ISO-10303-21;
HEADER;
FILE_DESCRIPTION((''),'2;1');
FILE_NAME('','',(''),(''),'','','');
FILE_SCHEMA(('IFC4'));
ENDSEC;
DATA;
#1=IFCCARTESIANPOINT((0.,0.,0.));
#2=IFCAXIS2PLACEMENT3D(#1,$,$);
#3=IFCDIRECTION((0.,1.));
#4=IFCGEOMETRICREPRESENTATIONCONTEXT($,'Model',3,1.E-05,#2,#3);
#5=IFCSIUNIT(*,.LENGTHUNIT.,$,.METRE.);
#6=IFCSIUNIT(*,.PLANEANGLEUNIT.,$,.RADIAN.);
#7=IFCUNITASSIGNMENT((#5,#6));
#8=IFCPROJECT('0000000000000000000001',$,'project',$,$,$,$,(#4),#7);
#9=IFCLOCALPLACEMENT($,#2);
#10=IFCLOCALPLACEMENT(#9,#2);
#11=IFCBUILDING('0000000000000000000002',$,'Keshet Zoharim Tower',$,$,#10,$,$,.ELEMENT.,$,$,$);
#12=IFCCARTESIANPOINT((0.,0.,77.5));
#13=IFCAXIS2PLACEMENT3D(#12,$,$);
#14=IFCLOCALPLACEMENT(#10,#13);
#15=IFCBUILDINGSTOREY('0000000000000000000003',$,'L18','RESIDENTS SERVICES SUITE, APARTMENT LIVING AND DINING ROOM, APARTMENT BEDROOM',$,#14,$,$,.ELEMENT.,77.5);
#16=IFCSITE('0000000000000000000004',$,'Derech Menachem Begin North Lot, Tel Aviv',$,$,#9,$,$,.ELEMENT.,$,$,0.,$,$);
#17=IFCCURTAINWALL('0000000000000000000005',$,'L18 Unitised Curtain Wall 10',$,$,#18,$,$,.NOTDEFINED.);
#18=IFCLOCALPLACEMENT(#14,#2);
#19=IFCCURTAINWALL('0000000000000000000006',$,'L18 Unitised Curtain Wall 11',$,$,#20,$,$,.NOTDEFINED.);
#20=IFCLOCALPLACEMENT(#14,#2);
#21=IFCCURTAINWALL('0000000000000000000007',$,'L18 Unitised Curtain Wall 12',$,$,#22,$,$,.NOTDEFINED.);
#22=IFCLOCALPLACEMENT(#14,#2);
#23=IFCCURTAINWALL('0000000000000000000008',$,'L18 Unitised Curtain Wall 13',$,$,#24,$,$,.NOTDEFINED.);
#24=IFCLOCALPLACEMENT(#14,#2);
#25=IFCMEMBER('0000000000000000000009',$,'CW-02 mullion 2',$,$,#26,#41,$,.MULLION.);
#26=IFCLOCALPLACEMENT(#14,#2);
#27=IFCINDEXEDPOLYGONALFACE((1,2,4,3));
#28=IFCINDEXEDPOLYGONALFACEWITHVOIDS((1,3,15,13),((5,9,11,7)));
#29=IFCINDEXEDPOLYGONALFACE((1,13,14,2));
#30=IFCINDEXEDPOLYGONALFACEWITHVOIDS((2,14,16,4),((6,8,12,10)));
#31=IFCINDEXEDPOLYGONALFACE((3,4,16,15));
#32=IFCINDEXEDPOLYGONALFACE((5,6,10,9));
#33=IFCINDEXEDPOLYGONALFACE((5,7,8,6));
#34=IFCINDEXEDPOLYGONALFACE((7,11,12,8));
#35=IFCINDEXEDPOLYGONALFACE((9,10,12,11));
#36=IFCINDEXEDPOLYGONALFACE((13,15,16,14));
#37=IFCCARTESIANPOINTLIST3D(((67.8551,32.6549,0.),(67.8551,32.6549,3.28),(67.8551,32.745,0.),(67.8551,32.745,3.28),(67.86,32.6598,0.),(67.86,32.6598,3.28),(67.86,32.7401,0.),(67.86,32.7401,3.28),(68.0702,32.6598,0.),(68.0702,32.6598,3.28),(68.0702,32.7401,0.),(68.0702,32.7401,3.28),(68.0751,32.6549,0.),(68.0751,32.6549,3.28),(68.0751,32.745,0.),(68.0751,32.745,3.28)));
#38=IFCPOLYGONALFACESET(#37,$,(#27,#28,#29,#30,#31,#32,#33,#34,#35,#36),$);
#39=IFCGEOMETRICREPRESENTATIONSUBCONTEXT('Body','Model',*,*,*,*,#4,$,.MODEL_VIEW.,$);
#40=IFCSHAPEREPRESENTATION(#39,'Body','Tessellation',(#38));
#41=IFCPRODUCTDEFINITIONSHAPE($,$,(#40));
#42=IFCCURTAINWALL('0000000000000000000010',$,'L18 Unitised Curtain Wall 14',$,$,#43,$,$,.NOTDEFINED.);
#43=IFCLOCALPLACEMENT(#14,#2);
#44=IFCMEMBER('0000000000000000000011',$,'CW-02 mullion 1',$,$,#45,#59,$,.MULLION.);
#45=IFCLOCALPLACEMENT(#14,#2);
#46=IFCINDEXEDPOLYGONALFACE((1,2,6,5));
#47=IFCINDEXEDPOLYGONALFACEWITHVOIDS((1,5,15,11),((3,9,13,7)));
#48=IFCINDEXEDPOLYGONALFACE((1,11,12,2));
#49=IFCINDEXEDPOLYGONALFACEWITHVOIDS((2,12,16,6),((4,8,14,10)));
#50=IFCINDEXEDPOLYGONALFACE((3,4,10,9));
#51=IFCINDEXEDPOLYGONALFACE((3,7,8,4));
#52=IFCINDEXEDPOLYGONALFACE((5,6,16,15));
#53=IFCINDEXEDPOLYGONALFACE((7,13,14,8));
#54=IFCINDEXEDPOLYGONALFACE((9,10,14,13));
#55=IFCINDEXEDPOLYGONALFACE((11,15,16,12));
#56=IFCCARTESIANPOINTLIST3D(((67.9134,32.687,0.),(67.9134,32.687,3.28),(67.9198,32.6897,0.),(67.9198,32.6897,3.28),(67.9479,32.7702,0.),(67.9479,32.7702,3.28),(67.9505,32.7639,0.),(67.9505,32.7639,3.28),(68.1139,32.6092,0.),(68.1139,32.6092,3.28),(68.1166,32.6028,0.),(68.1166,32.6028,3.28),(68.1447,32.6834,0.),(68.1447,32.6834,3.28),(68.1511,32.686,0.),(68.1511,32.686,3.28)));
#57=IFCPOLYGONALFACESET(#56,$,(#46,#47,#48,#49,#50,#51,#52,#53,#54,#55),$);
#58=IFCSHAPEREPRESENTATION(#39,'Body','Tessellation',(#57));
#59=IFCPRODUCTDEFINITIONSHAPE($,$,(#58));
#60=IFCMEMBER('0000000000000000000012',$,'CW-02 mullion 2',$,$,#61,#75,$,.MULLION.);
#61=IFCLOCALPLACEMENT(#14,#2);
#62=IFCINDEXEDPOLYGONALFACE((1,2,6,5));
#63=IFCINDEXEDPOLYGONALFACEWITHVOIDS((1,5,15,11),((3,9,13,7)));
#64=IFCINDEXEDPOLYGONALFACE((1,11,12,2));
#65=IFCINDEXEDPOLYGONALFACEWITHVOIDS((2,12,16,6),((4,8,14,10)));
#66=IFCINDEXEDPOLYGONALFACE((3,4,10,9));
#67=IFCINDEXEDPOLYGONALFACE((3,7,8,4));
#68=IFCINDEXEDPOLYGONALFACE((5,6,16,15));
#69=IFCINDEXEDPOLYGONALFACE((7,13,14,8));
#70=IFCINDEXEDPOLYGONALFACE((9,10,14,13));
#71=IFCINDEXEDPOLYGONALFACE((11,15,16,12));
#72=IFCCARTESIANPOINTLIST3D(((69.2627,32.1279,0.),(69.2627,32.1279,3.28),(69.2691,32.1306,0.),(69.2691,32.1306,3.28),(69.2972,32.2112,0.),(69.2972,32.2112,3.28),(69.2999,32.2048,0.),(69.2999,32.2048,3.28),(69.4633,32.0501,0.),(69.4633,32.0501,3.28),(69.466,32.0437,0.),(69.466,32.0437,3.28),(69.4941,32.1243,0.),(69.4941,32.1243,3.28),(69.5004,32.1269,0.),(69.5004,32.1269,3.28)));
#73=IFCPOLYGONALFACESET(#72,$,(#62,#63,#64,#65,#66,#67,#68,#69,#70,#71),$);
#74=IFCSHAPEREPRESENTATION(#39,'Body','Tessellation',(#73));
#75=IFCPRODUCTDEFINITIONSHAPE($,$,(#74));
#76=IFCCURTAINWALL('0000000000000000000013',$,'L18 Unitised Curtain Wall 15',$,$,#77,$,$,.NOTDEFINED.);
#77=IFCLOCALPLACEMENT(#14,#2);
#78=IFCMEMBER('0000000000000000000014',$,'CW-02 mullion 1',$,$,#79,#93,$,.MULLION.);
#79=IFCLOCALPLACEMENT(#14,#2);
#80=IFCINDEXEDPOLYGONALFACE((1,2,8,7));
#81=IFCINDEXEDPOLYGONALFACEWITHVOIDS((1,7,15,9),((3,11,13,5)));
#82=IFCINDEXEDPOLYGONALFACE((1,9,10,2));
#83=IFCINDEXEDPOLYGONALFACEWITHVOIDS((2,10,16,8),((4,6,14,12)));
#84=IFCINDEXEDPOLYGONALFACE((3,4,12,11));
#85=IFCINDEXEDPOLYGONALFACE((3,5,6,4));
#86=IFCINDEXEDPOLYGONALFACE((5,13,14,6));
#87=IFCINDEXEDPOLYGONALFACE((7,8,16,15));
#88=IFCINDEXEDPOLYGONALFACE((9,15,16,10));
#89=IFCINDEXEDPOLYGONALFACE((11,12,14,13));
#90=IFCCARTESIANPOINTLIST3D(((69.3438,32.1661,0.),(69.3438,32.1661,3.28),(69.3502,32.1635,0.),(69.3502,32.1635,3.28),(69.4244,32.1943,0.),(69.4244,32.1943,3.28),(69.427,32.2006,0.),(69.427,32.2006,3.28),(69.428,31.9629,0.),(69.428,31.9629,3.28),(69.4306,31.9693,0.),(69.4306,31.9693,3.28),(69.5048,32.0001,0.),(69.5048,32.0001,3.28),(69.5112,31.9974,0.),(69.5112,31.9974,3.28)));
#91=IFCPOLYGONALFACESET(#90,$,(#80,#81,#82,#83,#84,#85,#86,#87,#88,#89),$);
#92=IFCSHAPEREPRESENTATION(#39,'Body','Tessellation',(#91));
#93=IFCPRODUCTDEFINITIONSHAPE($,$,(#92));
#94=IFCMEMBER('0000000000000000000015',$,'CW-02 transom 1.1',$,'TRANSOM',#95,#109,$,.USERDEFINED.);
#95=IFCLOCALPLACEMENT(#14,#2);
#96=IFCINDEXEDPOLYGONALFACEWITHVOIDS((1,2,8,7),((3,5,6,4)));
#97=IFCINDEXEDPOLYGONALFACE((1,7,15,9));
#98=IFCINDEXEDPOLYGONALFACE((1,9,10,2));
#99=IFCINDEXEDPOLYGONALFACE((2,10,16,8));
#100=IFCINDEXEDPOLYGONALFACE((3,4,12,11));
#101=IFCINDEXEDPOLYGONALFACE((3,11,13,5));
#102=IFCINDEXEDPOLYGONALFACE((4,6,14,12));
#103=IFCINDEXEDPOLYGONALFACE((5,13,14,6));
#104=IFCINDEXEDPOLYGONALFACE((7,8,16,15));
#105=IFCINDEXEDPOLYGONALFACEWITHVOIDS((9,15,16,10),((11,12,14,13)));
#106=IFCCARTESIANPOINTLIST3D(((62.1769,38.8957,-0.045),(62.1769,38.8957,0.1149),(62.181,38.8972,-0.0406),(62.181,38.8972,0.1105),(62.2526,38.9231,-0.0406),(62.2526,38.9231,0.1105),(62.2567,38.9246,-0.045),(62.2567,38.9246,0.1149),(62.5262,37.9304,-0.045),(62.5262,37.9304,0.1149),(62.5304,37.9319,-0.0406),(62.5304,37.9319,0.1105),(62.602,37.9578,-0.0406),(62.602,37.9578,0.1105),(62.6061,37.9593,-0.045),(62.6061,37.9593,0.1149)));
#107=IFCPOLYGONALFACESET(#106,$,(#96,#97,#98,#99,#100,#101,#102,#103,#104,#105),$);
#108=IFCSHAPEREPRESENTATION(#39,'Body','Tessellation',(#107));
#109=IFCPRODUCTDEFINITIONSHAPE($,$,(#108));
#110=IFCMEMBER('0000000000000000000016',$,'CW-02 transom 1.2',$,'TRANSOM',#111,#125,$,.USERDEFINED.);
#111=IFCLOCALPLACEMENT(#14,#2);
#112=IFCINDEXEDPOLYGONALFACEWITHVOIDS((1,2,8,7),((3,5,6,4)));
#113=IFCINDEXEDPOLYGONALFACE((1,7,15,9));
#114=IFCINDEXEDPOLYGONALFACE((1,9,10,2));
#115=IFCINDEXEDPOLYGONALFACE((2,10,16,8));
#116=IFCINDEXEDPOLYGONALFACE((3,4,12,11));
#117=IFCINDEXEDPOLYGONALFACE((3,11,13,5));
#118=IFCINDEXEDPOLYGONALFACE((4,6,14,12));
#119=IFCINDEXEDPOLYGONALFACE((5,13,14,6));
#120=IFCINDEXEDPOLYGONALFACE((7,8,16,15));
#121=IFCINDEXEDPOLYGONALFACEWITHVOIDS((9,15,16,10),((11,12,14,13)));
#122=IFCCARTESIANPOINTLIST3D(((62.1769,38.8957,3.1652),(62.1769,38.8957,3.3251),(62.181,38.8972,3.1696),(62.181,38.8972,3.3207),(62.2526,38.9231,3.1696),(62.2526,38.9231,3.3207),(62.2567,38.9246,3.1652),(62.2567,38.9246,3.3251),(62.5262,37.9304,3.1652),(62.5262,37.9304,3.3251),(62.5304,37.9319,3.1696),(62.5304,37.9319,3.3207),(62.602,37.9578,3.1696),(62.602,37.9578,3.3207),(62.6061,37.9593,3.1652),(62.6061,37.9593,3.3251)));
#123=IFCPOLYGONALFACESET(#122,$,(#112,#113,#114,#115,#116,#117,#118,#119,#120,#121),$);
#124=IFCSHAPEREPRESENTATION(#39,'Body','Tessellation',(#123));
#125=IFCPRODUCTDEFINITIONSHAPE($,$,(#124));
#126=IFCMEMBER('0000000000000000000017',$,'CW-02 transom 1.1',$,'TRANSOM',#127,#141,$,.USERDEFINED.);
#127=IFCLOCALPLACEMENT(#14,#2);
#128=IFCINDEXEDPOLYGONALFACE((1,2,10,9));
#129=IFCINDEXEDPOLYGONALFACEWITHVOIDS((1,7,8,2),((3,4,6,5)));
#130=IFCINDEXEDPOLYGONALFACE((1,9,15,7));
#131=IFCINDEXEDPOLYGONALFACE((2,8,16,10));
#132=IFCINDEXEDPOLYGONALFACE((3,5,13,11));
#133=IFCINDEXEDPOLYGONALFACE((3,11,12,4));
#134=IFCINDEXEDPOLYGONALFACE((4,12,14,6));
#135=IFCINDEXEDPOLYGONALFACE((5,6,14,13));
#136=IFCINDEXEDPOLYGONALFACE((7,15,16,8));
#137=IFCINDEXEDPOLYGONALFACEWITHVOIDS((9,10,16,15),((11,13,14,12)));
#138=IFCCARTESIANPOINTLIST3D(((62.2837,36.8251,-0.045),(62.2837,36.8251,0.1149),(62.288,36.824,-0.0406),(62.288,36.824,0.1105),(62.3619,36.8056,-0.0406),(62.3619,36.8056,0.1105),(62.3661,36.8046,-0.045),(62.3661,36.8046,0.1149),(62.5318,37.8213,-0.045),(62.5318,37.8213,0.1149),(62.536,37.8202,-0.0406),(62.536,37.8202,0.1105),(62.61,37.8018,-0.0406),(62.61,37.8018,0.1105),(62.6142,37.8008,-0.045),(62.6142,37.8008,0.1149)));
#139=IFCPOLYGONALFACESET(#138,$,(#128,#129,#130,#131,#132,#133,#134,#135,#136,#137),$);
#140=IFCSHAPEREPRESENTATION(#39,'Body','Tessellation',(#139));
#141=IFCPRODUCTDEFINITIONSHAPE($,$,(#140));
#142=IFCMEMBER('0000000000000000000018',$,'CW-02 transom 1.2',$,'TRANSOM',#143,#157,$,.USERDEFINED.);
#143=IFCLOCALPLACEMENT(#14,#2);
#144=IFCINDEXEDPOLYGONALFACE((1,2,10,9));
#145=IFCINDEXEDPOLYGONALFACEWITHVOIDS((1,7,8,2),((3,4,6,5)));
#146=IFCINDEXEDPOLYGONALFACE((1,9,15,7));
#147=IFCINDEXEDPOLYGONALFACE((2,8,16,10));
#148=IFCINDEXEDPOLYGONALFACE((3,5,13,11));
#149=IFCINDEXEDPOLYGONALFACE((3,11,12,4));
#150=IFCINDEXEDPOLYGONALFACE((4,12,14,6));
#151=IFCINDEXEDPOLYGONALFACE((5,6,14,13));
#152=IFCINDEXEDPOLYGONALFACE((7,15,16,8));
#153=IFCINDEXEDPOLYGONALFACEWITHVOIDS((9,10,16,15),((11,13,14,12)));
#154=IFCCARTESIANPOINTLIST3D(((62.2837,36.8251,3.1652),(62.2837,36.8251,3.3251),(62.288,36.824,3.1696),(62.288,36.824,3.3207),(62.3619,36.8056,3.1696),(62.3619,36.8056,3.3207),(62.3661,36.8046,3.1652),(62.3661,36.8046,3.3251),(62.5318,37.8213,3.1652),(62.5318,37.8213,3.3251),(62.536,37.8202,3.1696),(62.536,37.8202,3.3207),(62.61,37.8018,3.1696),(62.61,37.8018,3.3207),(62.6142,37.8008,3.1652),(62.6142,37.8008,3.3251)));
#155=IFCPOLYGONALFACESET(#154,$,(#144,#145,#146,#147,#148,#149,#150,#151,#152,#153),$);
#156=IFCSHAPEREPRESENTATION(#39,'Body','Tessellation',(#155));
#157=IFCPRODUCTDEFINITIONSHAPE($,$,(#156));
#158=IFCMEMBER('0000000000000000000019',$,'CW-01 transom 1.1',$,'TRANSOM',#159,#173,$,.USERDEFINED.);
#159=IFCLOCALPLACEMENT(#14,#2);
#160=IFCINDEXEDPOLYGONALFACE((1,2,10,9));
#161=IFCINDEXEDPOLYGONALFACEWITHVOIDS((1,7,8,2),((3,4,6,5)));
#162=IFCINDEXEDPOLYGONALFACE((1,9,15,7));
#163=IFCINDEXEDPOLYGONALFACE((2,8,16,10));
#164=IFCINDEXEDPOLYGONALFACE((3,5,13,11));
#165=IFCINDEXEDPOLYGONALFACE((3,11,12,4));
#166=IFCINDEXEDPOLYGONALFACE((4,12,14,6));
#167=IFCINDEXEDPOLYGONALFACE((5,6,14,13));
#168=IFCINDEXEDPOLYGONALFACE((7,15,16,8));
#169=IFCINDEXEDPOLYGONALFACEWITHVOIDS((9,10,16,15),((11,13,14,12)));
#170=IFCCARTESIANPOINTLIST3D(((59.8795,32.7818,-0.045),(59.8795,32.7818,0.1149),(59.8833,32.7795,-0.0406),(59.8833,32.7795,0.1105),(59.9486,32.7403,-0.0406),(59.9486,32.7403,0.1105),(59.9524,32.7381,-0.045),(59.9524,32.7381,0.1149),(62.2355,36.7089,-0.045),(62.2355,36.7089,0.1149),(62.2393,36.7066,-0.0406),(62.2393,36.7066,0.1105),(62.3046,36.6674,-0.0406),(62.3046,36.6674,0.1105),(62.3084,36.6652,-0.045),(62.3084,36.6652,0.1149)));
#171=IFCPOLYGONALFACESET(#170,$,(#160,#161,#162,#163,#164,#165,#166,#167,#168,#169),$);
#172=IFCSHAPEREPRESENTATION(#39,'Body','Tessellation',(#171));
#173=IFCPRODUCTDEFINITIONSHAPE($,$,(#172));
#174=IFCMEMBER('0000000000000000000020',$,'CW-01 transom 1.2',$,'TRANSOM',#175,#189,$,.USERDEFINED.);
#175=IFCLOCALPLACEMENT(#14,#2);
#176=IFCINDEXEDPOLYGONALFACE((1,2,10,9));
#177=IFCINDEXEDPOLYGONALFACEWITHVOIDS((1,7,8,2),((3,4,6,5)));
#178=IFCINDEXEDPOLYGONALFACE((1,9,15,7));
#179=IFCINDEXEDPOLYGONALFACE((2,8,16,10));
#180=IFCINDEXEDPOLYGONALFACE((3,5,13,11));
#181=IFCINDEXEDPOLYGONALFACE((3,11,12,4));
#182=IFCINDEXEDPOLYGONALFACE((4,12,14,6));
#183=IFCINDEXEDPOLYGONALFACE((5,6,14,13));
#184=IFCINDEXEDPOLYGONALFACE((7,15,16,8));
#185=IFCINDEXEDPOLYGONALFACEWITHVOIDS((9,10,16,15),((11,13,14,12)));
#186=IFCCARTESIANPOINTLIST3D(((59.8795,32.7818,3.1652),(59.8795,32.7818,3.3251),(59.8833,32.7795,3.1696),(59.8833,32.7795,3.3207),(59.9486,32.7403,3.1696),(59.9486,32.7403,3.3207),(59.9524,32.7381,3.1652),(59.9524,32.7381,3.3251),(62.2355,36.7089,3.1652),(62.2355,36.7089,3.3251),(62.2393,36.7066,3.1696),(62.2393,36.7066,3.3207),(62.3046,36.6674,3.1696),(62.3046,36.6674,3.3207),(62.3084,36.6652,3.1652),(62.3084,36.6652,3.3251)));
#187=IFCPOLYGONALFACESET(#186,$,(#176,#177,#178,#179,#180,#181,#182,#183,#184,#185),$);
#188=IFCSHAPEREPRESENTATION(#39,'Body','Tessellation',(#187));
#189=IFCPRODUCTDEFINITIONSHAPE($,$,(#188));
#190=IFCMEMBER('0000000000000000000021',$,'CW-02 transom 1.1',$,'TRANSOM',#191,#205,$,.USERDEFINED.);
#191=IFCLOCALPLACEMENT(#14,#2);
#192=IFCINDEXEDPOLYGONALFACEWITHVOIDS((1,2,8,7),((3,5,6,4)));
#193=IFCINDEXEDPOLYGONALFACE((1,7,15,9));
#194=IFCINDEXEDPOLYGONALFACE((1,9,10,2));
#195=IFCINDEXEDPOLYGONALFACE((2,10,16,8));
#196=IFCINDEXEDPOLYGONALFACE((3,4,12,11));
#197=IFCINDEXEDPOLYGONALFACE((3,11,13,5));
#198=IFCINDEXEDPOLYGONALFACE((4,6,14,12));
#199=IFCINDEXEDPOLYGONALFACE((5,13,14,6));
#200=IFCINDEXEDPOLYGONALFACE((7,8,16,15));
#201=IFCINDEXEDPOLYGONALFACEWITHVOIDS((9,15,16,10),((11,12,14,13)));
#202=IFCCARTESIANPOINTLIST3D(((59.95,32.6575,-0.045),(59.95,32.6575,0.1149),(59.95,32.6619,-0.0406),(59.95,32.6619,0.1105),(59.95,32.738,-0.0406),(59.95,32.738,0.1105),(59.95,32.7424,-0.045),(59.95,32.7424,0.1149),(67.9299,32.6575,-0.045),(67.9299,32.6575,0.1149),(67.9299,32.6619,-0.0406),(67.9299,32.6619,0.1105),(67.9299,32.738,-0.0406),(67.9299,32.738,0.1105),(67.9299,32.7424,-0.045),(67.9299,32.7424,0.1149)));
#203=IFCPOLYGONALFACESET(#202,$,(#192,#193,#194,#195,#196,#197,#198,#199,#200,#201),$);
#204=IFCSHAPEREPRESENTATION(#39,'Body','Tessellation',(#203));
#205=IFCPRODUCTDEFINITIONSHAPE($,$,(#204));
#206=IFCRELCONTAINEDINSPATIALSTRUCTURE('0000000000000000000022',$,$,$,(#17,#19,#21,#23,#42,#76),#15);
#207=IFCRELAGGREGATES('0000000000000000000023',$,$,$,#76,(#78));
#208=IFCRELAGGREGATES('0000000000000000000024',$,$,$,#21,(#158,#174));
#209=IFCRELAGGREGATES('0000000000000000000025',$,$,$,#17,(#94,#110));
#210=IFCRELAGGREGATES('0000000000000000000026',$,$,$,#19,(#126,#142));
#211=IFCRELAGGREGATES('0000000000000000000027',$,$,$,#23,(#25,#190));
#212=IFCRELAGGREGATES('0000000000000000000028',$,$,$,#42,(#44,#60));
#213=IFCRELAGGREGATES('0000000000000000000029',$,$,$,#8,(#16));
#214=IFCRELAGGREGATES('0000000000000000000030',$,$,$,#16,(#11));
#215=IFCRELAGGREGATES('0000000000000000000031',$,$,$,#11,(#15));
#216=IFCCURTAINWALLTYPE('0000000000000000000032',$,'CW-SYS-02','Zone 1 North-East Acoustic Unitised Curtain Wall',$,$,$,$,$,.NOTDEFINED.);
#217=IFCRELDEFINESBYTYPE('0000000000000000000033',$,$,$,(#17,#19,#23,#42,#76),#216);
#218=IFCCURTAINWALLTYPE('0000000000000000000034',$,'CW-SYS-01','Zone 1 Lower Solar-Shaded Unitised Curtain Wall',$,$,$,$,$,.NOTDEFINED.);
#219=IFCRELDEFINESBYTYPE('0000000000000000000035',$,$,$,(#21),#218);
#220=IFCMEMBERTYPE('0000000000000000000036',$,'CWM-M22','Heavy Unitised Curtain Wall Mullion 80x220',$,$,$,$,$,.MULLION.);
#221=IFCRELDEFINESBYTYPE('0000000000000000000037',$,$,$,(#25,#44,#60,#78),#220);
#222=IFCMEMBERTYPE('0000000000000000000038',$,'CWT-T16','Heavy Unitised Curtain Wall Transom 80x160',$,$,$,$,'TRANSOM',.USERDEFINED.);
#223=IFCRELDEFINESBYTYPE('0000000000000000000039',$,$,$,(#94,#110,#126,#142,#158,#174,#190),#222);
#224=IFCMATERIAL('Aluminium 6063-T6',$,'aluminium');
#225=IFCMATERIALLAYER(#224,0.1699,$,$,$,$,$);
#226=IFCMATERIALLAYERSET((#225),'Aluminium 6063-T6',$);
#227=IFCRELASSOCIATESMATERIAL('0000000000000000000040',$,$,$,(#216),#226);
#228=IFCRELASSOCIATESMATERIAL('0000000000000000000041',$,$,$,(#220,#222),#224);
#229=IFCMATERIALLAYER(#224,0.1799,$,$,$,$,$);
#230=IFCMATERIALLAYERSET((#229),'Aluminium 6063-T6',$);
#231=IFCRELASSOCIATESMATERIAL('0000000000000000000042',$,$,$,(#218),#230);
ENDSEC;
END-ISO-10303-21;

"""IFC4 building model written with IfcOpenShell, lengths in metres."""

from ifc_helpers import new_model, si_unit, direction, frame, origin, origin_2d, place, context, subcontext, project, spatial, hollow_rectangle, extrude, material, layer, layer_set, material_profile, profile_set, type_object, element, aggregate, save


model = new_model("IFC4")

# Units and contexts
model_context = context("Model", 3, precision=1e-05, world=origin(), true_north=direction((0.0, 1.0)))
body_context = subcontext(model_context, "Body", "Model", "MODEL_VIEW")
ifc_project = project(units=[si_unit("LENGTHUNIT", "METRE"), si_unit("PLANEANGLEUNIT", "RADIAN")], contexts=[model_context])

# Site, building, storey
site_placement = place(None, origin())
site = spatial("IfcSite", under=ifc_project, at=site_placement, Name="Derech Menachem Begin North Lot, Tel Aviv", CompositionType="ELEMENT", RefElevation=0.0)
building_placement = place(site_placement, origin())
building = spatial("IfcBuilding", under=site, at=building_placement, Name="Keshet Zoharim Tower", CompositionType="ELEMENT")
storey_placement = place(building_placement, frame((0.0, 0.0, 77.5)))
storey = spatial("IfcBuildingStorey", under=building, at=storey_placement, Name="L18", Description="RESIDENTS SERVICES SUITE, APARTMENT LIVING AND DINING ROOM, APARTMENT BEDROOM", CompositionType="ELEMENT", Elevation=77.5)

# Shared definitions
ifc_material_1 = material(Name="Aluminium 6063-T6", Category="aluminium")
ifc_layer_1 = layer(ifc_material_1, 0.1699)
ifc_layer_set_1 = layer_set([ifc_layer_1], Name="Aluminium 6063-T6")
curtain_wall_type_1 = type_object("IfcCurtainWallType", Name="CW-SYS-02", Description="Zone 1 North-East Acoustic Unitised Curtain Wall", PredefinedType="NOTDEFINED", material=ifc_layer_set_1)
ifc_material_profile_1 = material_profile(ifc_material_1, hollow_rectangle(XDim=0.0901, YDim=0.22, WallThickness=0.0049, at=origin_2d()), Name="MUL-90x220")
ifc_profile_set_1 = profile_set([ifc_material_profile_1], Name="Aluminium 6063-T6")
member_type_1 = type_object("IfcMemberType", Name="CWM-M22", Description="Heavy Unitised Curtain Wall Mullion 80x220", PredefinedType="MULLION", material=ifc_profile_set_1)

# Curtain walls, members
curtain_wall_1_placement = place(storey_placement, origin())
curtain_wall_1 = element("IfcCurtainWall", 1, at=curtain_wall_1_placement, inside=storey, type_object=curtain_wall_type_1, Name="L18 Unitised Curtain Wall 10", PredefinedType="NOTDEFINED")
curtain_wall_2_placement = place(storey_placement, origin())
curtain_wall_2 = element("IfcCurtainWall", 2, at=curtain_wall_2_placement, inside=storey, type_object=curtain_wall_type_1, Name="L18 Unitised Curtain Wall 11", PredefinedType="NOTDEFINED")
ifc_layer_2 = layer(ifc_material_1, 0.1799)
ifc_layer_set_2 = layer_set([ifc_layer_2], Name="Aluminium 6063-T6")
curtain_wall_type_2 = type_object("IfcCurtainWallType", Name="CW-SYS-01", Description="Zone 1 Lower Solar-Shaded Unitised Curtain Wall", PredefinedType="NOTDEFINED", material=ifc_layer_set_2)
curtain_wall_3_placement = place(storey_placement, origin())
curtain_wall_3 = element("IfcCurtainWall", 3, at=curtain_wall_3_placement, inside=storey, type_object=curtain_wall_type_2, Name="L18 Unitised Curtain Wall 12", PredefinedType="NOTDEFINED")
curtain_wall_4_placement = place(storey_placement, origin())
curtain_wall_4 = element("IfcCurtainWall", 4, at=curtain_wall_4_placement, inside=storey, type_object=curtain_wall_type_1, Name="L18 Unitised Curtain Wall 13", PredefinedType="NOTDEFINED")
member_1_placement = place(storey_placement, frame((67.9651, 32.7, 0.0), z_axis=(0.0, 0.0, 1.0), x_axis=(0.0, 1.0, 0.0)))
member_1 = element("IfcMember", 5, at=member_1_placement, type_object=member_type_1, Name="CW-02 mullion 2", PredefinedType="MULLION", context=body_context, shape_type="SweptSolid", body=[
    extrude(hollow_rectangle(XDim=0.0901, YDim=0.22, WallThickness=0.0049, at=origin_2d()), origin(), (0.0, 0.0, 1.0), 3.28),
])
curtain_wall_5_placement = place(storey_placement, origin())
curtain_wall_5 = element("IfcCurtainWall", 6, at=curtain_wall_5_placement, inside=storey, type_object=curtain_wall_type_1, Name="L18 Unitised Curtain Wall 14", PredefinedType="NOTDEFINED")
member_2_placement = place(storey_placement, frame((68.0322, 32.6865, 0.0), z_axis=(0.0, 0.0, 1.0), x_axis=(0.382852, 0.92381, 0.0)))
member_2 = element("IfcMember", 7, at=member_2_placement, type_object=member_type_1, Name="CW-02 mullion 1", PredefinedType="MULLION", context=body_context, shape_type="SweptSolid", body=[
    extrude(hollow_rectangle(XDim=0.0901, YDim=0.22, WallThickness=0.0049, at=origin_2d()), origin(), (0.0, 0.0, 1.0), 3.28),
])
member_3_placement = place(storey_placement, frame((69.3816, 32.1274, 0.0), z_axis=(0.0, 0.0, 1.0), x_axis=(0.382852, 0.92381, 0.0)))
member_3 = element("IfcMember", 8, at=member_3_placement, type_object=member_type_1, Name="CW-02 mullion 2", PredefinedType="MULLION", context=body_context, shape_type="SweptSolid", body=[
    extrude(hollow_rectangle(XDim=0.0901, YDim=0.22, WallThickness=0.0049, at=origin_2d()), origin(), (0.0, 0.0, 1.0), 3.28),
])

# Curtain wall, member
curtain_wall_6_placement = place(storey_placement, origin())
curtain_wall_6 = element("IfcCurtainWall", 9, at=curtain_wall_6_placement, inside=storey, type_object=curtain_wall_type_1, Name="L18 Unitised Curtain Wall 15", PredefinedType="NOTDEFINED")
member_4_placement = place(storey_placement, frame((69.4275, 32.0818, 0.0), z_axis=(0.0, 0.0, 1.0), x_axis=(0.92381, 0.382852, 0.0)))
member_4 = element("IfcMember", 10, at=member_4_placement, type_object=member_type_1, Name="CW-02 mullion 1", PredefinedType="MULLION", context=body_context, shape_type="SweptSolid", body=[
    extrude(hollow_rectangle(XDim=0.0901, YDim=0.22, WallThickness=0.0049, at=origin_2d()), origin(), (0.0, 0.0, 1.0), 3.28),
])

# Members
ifc_material_profile_2 = material_profile(ifc_material_1, hollow_rectangle(XDim=0.085, YDim=0.1599, WallThickness=0.0044, at=origin_2d()), Name="TRN-85x160")
ifc_profile_set_2 = profile_set([ifc_material_profile_2], Name="Aluminium 6063-T6")
member_type_2 = type_object("IfcMemberType", Name="CWT-T16", Description="Heavy Unitised Curtain Wall Transom 80x160", ElementType="TRANSOM", PredefinedType="USERDEFINED", material=ifc_profile_set_2)
member_5_placement = place(storey_placement, frame((62.2168, 38.9102, 0.0349), z_axis=(0.340311, -0.940313, 0.0), x_axis=(0.940313, 0.340311, 0.0)))
member_5 = element("IfcMember", 11, at=member_5_placement, type_object=member_type_2, Name="CW-02 transom 1.1", ObjectType="TRANSOM", PredefinedType="USERDEFINED", context=body_context, shape_type="SweptSolid", body=[
    extrude(hollow_rectangle(XDim=0.085, YDim=0.1599, WallThickness=0.0044, at=origin_2d()), origin(), (0.0, 0.0, 1.0), 1.0266),
])
member_6_placement = place(storey_placement, frame((62.2168, 38.9102, 3.2451), z_axis=(0.340311, -0.940313, 0.0), x_axis=(0.940313, 0.340311, 0.0)))
member_6 = element("IfcMember", 12, at=member_6_placement, type_object=member_type_2, Name="CW-02 transom 1.2", ObjectType="TRANSOM", PredefinedType="USERDEFINED", context=body_context, shape_type="SweptSolid", body=[
    extrude(hollow_rectangle(XDim=0.085, YDim=0.1599, WallThickness=0.0044, at=origin_2d()), origin(), (0.0, 0.0, 1.0), 1.0266),
])
member_7_placement = place(storey_placement, frame((62.573, 37.811, 0.0349), z_axis=(-0.24164, -0.970366, 0.0), x_axis=(0.970366, -0.24164, 0.0)))
member_7 = element("IfcMember", 13, at=member_7_placement, type_object=member_type_2, Name="CW-02 transom 1.1", ObjectType="TRANSOM", PredefinedType="USERDEFINED", context=body_context, shape_type="SweptSolid", body=[
    extrude(hollow_rectangle(XDim=0.085, YDim=0.1599, WallThickness=0.0044, at=origin_2d()), origin(), (0.0, 0.0, 1.0), 1.0266),
])
member_8_placement = place(storey_placement, frame((62.573, 37.811, 3.2451), z_axis=(-0.24164, -0.970366, 0.0), x_axis=(0.970366, -0.24164, 0.0)))
member_8 = element("IfcMember", 14, at=member_8_placement, type_object=member_type_2, Name="CW-02 transom 1.2", ObjectType="TRANSOM", PredefinedType="USERDEFINED", context=body_context, shape_type="SweptSolid", body=[
    extrude(hollow_rectangle(XDim=0.085, YDim=0.1599, WallThickness=0.0044, at=origin_2d()), origin(), (0.0, 0.0, 1.0), 1.0266),
])
member_9_placement = place(storey_placement, frame((62.272, 36.687, 0.0349), z_axis=(-0.514457, -0.857516, 0.0), x_axis=(0.857516, -0.514457, 0.0)))
member_9 = element("IfcMember", 15, at=member_9_placement, type_object=member_type_2, Name="CW-01 transom 1.1", ObjectType="TRANSOM", PredefinedType="USERDEFINED", context=body_context, shape_type="SweptSolid", body=[
    extrude(hollow_rectangle(XDim=0.085, YDim=0.1599, WallThickness=0.0044, at=origin_2d()), origin(), (0.0, 0.0, 1.0), 4.5796),
])
member_10_placement = place(storey_placement, frame((62.272, 36.687, 3.2451), z_axis=(-0.514457, -0.857516, 0.0), x_axis=(0.857516, -0.514457, 0.0)))
member_10 = element("IfcMember", 16, at=member_10_placement, type_object=member_type_2, Name="CW-01 transom 1.2", ObjectType="TRANSOM", PredefinedType="USERDEFINED", context=body_context, shape_type="SweptSolid", body=[
    extrude(hollow_rectangle(XDim=0.085, YDim=0.1599, WallThickness=0.0044, at=origin_2d()), origin(), (0.0, 0.0, 1.0), 4.5796),
])
member_11_placement = place(storey_placement, frame((59.95, 32.7, 0.0349), z_axis=(1.0, 0.0, 0.0), x_axis=(0.0, 1.0, 0.0)))
member_11 = element("IfcMember", 17, at=member_11_placement, type_object=member_type_2, Name="CW-02 transom 1.1", ObjectType="TRANSOM", PredefinedType="USERDEFINED", context=body_context, shape_type="SweptSolid", body=[
    extrude(hollow_rectangle(XDim=0.085, YDim=0.1599, WallThickness=0.0044, at=origin_2d()), origin(), (0.0, 0.0, 1.0), 7.98),
])
aggregate(curtain_wall_6, [member_4])

aggregate(curtain_wall_3, [member_9, member_10])
aggregate(curtain_wall_1, [member_5, member_6])
aggregate(curtain_wall_2, [member_7, member_8])
aggregate(curtain_wall_4, [member_1, member_11])
aggregate(curtain_wall_5, [member_2, member_3])

save(model, "model.ifc")
